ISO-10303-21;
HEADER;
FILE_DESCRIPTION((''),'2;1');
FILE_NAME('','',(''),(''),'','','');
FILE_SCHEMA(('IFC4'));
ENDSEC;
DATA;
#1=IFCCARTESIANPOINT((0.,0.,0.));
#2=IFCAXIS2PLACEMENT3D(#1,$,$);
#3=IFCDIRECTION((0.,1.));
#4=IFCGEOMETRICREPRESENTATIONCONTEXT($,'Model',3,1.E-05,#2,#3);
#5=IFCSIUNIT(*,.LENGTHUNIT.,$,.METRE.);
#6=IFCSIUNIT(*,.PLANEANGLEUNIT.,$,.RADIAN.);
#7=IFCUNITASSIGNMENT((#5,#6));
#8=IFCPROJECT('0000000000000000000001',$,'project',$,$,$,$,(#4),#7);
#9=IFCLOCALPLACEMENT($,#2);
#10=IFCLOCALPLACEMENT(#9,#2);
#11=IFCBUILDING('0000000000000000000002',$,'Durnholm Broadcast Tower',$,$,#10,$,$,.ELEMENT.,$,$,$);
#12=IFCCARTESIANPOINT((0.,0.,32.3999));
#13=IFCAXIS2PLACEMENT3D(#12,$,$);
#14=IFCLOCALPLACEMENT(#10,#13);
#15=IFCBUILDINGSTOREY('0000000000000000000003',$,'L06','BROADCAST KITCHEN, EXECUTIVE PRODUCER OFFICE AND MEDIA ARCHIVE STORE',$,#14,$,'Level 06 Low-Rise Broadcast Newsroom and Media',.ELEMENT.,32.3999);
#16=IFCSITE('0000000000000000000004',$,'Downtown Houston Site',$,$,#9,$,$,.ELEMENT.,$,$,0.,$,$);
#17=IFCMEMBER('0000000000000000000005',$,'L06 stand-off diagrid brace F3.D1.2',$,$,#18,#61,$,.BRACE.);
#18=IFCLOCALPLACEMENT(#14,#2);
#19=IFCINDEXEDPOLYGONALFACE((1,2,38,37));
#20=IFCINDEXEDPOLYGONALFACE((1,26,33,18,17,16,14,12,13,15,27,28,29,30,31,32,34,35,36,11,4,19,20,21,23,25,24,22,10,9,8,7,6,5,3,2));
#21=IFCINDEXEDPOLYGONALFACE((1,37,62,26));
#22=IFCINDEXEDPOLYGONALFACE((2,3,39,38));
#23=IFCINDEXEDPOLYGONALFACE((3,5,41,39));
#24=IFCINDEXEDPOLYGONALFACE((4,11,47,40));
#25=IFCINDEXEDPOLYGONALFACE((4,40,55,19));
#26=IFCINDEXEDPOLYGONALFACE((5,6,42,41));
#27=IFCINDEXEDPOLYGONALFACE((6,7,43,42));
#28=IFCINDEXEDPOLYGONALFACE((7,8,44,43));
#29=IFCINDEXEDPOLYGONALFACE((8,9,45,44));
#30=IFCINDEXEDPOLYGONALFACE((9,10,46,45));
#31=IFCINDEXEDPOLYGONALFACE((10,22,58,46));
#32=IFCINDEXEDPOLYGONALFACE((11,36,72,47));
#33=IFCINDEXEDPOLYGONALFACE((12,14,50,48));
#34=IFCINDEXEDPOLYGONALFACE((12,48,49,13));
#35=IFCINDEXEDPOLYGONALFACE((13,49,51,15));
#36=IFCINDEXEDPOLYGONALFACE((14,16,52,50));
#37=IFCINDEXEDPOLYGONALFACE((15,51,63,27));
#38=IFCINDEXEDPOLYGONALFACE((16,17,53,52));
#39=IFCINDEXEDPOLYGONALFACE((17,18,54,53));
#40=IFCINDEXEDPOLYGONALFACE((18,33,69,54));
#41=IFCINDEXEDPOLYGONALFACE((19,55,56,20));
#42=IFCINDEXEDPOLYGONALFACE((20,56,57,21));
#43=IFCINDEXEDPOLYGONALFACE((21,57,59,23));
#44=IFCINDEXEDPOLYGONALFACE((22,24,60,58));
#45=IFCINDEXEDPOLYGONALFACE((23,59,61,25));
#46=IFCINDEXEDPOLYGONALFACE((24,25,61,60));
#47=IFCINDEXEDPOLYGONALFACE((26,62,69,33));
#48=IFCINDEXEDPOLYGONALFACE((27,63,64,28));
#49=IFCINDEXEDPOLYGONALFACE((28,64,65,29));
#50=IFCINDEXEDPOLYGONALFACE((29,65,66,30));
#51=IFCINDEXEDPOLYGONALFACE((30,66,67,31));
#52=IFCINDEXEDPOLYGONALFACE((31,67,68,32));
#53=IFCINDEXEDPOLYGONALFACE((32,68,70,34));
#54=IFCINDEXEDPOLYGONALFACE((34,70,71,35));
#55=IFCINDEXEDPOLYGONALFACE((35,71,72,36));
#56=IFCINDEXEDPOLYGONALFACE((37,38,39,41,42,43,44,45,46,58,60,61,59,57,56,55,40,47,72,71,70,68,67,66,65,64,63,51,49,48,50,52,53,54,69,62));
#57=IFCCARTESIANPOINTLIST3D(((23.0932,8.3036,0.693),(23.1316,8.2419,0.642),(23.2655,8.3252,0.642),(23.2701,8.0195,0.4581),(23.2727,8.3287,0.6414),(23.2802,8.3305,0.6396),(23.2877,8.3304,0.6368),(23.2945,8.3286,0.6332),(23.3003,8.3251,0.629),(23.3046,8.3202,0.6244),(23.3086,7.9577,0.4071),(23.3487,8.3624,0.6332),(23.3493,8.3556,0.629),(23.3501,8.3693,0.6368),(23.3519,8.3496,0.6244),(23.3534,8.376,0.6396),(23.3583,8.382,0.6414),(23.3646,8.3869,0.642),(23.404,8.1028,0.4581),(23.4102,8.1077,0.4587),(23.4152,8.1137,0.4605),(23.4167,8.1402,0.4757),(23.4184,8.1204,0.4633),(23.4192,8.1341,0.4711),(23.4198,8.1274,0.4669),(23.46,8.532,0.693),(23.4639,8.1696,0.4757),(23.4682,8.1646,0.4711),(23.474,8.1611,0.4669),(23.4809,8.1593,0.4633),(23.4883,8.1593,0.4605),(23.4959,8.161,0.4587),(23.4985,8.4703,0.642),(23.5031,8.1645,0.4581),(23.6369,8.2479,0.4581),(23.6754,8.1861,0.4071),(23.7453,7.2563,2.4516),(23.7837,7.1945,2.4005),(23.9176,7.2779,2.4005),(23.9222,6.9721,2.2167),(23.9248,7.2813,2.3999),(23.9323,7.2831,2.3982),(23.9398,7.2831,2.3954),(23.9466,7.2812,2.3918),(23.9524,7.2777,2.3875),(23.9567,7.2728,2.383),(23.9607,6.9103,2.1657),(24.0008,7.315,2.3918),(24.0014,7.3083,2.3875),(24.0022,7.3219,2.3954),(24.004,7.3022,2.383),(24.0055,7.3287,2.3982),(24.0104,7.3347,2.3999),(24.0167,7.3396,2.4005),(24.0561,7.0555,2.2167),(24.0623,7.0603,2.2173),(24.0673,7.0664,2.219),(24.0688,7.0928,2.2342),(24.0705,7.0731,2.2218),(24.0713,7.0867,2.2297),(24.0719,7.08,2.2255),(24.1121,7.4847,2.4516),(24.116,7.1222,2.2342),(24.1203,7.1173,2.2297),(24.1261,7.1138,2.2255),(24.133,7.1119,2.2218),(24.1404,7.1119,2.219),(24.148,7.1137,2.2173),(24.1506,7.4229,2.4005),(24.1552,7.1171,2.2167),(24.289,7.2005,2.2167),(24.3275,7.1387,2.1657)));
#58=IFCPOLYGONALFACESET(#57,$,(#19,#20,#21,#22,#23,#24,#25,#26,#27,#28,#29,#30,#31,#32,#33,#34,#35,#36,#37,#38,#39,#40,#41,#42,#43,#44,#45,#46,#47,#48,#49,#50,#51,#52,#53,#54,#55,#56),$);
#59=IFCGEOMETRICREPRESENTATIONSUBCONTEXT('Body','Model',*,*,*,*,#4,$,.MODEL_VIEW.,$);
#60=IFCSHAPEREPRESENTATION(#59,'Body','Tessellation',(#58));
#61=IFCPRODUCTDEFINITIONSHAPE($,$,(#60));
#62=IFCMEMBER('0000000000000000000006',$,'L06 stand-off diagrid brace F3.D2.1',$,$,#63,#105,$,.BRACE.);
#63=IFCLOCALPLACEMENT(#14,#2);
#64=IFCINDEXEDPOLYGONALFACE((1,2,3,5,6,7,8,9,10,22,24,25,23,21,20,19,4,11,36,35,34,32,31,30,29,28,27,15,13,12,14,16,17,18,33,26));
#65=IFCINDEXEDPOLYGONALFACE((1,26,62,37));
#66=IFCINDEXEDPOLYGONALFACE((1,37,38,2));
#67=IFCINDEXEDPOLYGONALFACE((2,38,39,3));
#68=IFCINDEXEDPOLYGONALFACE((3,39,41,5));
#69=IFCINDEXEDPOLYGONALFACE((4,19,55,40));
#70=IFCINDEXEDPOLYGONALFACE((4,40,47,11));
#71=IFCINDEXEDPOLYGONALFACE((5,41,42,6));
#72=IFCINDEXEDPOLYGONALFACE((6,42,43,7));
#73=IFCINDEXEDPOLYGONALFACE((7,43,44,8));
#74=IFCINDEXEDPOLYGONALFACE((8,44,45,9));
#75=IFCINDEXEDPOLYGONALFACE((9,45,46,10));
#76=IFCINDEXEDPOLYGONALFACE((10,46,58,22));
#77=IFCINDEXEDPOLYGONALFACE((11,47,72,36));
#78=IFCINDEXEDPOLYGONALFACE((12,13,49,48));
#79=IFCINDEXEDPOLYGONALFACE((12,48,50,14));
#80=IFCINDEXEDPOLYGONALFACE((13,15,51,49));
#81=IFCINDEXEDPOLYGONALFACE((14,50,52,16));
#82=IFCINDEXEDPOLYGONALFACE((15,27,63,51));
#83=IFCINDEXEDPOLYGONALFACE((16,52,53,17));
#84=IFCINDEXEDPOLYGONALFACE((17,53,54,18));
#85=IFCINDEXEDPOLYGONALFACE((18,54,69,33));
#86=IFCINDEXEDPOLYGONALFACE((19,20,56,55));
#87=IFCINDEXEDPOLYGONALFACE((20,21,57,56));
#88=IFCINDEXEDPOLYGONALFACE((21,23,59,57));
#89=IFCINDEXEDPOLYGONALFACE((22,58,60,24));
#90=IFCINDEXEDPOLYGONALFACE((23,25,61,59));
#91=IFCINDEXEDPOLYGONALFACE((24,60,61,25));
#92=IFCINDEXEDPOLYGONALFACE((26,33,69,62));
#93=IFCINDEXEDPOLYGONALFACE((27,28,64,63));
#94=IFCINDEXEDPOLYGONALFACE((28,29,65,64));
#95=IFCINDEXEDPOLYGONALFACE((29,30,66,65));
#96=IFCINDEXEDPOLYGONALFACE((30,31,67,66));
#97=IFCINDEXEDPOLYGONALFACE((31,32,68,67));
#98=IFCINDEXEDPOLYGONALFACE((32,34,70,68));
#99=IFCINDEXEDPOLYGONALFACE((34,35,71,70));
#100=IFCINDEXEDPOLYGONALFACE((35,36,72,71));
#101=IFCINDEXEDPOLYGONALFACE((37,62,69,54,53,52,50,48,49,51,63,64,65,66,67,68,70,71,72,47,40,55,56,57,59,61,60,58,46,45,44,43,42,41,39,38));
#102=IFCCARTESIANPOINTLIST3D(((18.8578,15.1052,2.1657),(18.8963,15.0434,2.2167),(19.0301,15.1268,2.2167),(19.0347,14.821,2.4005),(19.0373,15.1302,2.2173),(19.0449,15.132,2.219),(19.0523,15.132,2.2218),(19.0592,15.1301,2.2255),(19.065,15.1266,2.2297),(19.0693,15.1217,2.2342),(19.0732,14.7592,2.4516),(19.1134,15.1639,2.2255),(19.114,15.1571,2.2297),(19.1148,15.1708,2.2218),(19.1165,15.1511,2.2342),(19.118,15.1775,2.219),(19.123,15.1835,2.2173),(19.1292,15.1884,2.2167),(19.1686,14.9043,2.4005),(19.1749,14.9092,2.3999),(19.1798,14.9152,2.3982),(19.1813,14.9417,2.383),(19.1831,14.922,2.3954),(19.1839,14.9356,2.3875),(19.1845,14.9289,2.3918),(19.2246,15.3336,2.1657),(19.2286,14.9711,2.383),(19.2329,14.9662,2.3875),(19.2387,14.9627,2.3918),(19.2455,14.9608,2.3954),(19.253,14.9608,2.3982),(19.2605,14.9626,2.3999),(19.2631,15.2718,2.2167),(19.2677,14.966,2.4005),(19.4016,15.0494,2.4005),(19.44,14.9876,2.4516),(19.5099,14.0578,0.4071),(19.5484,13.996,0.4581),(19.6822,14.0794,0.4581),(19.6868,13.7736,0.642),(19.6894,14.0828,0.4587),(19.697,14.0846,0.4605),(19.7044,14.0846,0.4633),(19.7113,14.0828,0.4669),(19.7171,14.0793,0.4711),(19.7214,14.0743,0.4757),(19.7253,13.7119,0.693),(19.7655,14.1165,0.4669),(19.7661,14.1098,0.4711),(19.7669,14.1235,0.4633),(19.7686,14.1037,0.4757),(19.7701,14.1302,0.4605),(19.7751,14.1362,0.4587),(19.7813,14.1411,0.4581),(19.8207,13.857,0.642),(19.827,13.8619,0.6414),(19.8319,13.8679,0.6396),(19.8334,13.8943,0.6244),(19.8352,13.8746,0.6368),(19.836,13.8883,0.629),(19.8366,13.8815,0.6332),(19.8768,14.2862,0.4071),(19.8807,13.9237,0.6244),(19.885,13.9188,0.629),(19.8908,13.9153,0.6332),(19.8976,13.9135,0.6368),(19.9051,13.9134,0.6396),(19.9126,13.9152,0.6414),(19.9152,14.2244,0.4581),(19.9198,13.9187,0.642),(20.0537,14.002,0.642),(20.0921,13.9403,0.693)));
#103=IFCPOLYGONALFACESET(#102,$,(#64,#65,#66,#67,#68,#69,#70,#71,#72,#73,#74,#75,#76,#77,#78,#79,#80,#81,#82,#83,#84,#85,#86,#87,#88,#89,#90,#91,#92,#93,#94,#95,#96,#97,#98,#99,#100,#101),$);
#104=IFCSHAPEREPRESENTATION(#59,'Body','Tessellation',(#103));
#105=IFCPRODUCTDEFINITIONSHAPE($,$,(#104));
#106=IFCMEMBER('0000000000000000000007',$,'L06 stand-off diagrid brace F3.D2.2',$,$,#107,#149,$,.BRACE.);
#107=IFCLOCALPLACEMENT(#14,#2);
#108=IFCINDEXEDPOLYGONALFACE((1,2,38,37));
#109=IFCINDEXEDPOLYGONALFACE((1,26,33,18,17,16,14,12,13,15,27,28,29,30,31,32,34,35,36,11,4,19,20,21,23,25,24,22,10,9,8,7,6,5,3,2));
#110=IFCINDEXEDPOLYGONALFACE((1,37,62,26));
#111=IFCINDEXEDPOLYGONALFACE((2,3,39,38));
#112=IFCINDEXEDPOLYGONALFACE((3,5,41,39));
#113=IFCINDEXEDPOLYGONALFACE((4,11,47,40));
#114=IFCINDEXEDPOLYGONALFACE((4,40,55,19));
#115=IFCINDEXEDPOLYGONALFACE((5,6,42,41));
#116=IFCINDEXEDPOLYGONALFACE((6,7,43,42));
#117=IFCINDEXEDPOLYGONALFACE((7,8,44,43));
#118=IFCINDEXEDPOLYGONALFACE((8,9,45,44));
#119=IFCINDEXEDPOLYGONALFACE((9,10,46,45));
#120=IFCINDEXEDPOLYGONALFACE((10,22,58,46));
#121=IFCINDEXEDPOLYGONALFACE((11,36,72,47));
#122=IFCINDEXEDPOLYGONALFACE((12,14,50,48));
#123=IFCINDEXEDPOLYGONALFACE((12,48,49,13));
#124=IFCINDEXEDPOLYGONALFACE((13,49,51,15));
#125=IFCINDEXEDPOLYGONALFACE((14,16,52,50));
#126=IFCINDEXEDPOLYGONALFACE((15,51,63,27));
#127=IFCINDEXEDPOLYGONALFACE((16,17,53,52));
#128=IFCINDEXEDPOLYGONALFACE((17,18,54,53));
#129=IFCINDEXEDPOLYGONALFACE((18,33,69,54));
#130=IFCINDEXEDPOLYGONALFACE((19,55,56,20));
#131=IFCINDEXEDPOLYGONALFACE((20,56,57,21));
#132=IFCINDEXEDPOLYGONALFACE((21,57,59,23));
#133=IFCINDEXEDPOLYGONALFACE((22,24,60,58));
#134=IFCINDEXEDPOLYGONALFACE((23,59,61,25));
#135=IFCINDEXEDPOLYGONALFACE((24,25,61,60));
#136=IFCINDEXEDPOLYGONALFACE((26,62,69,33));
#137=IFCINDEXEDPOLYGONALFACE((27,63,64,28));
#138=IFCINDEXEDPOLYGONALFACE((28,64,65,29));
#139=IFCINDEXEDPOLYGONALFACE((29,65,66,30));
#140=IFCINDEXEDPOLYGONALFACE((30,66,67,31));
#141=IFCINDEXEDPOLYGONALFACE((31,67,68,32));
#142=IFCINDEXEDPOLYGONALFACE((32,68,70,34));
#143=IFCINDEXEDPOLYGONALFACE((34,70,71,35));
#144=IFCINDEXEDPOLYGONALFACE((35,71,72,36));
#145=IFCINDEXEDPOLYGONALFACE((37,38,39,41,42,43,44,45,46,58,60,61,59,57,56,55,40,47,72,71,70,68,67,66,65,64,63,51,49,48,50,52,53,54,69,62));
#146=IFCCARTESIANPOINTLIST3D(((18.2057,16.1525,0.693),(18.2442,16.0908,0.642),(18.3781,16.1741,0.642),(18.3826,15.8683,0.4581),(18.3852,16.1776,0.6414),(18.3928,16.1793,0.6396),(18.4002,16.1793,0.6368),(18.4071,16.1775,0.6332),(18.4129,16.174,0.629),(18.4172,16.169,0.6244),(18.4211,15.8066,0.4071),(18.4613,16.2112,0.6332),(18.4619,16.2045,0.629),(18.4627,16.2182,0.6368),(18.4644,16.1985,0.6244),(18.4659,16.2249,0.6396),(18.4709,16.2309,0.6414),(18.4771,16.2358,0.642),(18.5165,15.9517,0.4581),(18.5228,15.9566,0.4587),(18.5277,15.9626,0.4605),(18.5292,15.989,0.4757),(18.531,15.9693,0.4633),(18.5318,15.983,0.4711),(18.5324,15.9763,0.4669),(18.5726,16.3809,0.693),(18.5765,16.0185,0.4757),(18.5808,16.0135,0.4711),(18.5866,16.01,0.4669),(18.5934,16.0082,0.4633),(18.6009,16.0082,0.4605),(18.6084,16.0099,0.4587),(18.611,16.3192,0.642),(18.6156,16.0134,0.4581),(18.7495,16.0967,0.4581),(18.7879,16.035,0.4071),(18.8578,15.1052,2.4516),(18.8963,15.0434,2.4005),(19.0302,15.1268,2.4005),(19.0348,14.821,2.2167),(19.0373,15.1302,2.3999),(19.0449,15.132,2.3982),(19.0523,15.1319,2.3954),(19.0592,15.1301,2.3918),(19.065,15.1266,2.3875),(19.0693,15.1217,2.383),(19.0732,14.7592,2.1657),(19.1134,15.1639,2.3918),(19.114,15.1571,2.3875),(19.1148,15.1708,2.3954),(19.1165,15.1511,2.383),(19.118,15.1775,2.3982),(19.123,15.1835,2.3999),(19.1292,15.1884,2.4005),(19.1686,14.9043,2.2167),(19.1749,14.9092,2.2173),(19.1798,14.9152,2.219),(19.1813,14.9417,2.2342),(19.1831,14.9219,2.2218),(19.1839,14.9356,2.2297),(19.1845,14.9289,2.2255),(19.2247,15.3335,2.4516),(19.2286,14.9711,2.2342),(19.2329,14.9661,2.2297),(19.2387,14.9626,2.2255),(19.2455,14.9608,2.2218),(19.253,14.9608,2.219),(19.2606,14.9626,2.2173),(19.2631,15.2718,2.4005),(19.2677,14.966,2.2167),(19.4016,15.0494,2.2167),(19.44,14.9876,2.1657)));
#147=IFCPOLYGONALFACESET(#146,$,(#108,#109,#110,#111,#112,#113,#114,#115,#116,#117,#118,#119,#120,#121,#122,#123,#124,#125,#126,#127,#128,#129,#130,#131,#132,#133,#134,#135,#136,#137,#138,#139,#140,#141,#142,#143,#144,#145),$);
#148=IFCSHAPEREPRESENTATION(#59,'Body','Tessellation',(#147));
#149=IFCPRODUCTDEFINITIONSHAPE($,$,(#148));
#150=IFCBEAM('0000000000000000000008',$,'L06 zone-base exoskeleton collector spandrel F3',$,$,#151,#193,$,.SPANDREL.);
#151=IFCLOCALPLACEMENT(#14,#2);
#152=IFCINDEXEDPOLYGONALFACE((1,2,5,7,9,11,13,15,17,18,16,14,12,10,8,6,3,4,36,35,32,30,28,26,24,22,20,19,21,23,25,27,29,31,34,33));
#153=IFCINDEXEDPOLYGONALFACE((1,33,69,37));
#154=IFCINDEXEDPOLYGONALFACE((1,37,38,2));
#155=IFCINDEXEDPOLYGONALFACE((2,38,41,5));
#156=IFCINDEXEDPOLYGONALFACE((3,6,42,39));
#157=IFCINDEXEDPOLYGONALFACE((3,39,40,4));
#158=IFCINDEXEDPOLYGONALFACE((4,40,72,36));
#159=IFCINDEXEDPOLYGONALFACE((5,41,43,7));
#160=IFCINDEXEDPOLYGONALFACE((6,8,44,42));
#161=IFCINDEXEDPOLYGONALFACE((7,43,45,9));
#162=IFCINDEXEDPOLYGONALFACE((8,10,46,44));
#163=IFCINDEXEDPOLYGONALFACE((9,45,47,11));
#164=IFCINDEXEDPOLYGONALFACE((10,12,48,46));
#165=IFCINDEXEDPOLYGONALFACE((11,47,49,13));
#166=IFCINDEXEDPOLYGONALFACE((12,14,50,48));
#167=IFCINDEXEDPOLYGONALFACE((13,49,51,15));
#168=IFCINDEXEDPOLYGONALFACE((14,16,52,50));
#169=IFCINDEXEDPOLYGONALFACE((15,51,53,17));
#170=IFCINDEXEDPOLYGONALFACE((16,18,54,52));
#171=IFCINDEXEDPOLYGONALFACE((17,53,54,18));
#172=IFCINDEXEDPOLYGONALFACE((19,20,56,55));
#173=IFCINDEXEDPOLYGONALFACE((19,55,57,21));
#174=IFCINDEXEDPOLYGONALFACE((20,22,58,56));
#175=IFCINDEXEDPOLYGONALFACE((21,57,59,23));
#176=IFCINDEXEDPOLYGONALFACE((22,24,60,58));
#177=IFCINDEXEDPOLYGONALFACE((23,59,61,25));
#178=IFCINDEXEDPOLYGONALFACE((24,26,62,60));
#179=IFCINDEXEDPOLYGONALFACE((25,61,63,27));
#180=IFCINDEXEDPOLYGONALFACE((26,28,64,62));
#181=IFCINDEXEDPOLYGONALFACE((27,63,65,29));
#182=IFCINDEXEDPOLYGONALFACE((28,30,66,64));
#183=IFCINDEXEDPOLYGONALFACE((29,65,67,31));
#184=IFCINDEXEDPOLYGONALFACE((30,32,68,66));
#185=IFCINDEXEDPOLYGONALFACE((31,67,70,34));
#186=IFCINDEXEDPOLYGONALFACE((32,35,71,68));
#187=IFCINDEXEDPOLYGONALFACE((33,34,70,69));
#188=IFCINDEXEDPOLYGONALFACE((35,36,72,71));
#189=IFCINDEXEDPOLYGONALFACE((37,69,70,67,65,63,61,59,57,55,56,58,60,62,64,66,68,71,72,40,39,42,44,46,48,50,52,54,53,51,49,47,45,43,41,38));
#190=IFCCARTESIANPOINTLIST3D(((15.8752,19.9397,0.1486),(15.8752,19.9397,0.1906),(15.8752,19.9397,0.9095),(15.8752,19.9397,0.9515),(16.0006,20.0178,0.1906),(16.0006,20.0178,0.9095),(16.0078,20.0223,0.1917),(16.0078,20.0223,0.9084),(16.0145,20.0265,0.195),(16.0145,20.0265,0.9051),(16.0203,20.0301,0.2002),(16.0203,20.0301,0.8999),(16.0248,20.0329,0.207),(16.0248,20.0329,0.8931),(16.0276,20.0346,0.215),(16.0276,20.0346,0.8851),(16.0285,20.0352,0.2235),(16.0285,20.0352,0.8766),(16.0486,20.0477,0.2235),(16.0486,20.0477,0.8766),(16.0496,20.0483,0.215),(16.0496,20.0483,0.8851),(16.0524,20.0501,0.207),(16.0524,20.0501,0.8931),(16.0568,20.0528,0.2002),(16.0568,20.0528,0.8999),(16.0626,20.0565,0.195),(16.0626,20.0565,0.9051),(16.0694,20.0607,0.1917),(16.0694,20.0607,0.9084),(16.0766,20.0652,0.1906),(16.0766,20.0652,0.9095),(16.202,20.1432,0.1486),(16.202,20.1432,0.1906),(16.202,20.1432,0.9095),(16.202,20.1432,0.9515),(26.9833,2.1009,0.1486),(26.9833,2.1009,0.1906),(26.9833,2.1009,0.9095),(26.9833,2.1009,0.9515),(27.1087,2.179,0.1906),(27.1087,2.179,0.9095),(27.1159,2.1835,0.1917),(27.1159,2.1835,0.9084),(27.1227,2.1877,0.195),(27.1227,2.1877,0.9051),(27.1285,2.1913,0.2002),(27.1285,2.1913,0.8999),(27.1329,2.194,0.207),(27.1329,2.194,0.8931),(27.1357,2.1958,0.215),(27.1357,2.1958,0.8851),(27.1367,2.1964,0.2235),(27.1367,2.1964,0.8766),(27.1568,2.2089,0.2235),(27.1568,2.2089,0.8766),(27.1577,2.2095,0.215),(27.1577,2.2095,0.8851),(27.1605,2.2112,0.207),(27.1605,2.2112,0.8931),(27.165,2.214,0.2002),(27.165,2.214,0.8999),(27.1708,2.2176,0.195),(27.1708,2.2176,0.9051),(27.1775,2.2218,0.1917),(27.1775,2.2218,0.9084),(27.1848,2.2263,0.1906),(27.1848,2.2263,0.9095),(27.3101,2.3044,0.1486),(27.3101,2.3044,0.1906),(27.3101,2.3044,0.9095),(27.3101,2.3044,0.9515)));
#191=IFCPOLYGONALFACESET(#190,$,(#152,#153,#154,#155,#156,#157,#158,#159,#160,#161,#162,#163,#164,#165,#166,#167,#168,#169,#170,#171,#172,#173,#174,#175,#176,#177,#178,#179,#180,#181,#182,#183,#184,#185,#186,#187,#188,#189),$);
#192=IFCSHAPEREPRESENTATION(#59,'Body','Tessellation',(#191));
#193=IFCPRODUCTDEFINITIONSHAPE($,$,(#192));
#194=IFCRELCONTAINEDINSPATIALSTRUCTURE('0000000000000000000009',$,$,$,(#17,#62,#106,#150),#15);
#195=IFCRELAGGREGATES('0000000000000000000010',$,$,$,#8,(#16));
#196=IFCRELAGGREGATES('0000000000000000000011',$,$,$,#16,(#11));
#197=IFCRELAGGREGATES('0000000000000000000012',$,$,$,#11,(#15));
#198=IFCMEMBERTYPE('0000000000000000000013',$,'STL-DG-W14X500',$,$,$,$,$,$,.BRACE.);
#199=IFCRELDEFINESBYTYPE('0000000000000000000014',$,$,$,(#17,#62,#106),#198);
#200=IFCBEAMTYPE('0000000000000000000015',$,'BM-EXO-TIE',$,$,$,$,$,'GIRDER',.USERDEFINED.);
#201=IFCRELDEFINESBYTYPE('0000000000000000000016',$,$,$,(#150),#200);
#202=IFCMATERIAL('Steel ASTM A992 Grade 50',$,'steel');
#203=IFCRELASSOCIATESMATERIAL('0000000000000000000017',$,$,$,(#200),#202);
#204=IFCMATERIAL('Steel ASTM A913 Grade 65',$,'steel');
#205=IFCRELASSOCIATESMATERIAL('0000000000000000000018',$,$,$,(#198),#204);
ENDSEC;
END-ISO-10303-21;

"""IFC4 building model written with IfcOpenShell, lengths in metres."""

from ifc_helpers import new_model, si_unit, direction, frame, origin, origin_2d, place, context, subcontext, project, spatial, i_section, extrude, source, transform, mapped, material, material_profile, profile_set, type_object, type_shapes, element, save


model = new_model("IFC4")

# Units and contexts
model_context = context("Model", 3, precision=1e-05, world=origin(), true_north=direction((0.0, 1.0)))
body_context = subcontext(model_context, "Body", "Model", "MODEL_VIEW")
ifc_project = project(units=[si_unit("LENGTHUNIT", "METRE"), si_unit("PLANEANGLEUNIT", "RADIAN")], contexts=[model_context])

# Site, building, storey
site_placement = place(None, origin())
site = spatial("IfcSite", under=ifc_project, at=site_placement, Name="Downtown Houston Site", CompositionType="ELEMENT", RefElevation=0.0)
building_placement = place(site_placement, origin())
building = spatial("IfcBuilding", under=site, at=building_placement, Name="Durnholm Broadcast Tower", CompositionType="ELEMENT")
storey_placement = place(building_placement, frame((0.0, 0.0, 32.3999)))
storey = spatial("IfcBuildingStorey", under=building, at=storey_placement, Name="L06", Description="BROADCAST KITCHEN, EXECUTIVE PRODUCER OFFICE AND MEDIA ARCHIVE STORE", LongName="Level 06 Low-Rise Broadcast Newsroom and Media", CompositionType="ELEMENT", Elevation=32.3999)

# Shared definitions
ifc_material_1 = material(Name="Steel ASTM A992 Grade 50", Category="steel")
ifc_material_profile_1 = material_profile(ifc_material_1, i_section(OverallWidth=0.385, OverallDepth=0.803, WebThickness=0.0237, FlangeThickness=0.042, FilletRadius=0.033, at=origin_2d()), Name="W30X261")
ifc_profile_set_1 = profile_set([ifc_material_profile_1], Name="Steel ASTM A992 Grade 50")
beam_type_1 = type_object("IfcBeamType", Name="BM-EXO-TIE", ElementType="GIRDER", PredefinedType="USERDEFINED", material=ifc_profile_set_1)

# Members
ifc_material_2 = material(Name="Steel ASTM A913 Grade 65", Category="steel")
ifc_material_profile_2 = material_profile(ifc_material_2, i_section(OverallWidth=0.4321, OverallDepth=0.4978, WebThickness=0.0557, FlangeThickness=0.0889, FilletRadius=0.0305, at=origin_2d()), Name="W14X500")
ifc_profile_set_2 = profile_set([ifc_material_profile_2], Name="Steel ASTM A913 Grade 65")
member_type_1 = type_object("IfcMemberType", Name="STL-DG-W14X500", PredefinedType="BRACE", material=ifc_profile_set_2)
shared_shape_1 = source(origin(), body_context, "Body", "SweptSolid", [
    extrude(i_section(OverallWidth=0.4321, OverallDepth=0.4978, WebThickness=0.0557, FlangeThickness=0.0889, FilletRadius=0.0305, at=origin_2d()), origin(), (0.0, 0.0, 1.0), 2.1482),
])
type_shapes(member_type_1, [shared_shape_1])
for number, where, z_axis, x_axis, name in (
    (1, (23.3843, 8.2449, 0.55), (0.303559, -0.487558, 0.81862), (0.848909, 0.52854, 0.0), "L06 stand-off diagrid brace F3.D1.2"),
    (2, (19.801, 13.999, 0.55), (-0.303559, 0.487558, 0.81862), (-0.848909, -0.52854, 0.0), "L06 stand-off diagrid brace F3.D2.1"),
    (3, (18.4968, 16.0938, 0.55), (0.303559, -0.487558, 0.81862), (0.848909, 0.52854, 0.0), "L06 stand-off diagrid brace F3.D2.2"),
):
    element("IfcMember", number, at=place(storey_placement, frame(where, z_axis=z_axis, x_axis=x_axis)), inside=storey, type_object=member_type_1, Name=name, PredefinedType="BRACE", context=body_context, shape_type="MappedRepresentation", body=[
        mapped(shared_shape_1, transform((0.0, 0.0, 0.0), x_axis=(1.0, 0.0, 0.0), y_axis=(0.0, 1.0, 0.0), z_axis=(0.0, 0.0, 1.0), scale=1.0)),
    ])

# Beam
shared_shape_2 = source(origin(), body_context, "Body", "SweptSolid", [
    extrude(i_section(OverallWidth=0.385, OverallDepth=0.803, WebThickness=0.0237, FlangeThickness=0.042, FilletRadius=0.033, at=origin_2d()), origin(), (0.0, 0.0, 1.0), 21.0146),
])
for number, where, z_axis, x_axis, name in (
    (4, (27.1467, 2.2026, 0.55), (-0.528591, 0.848877, 0.0), (-0.848877, -0.528591, 0.0), "L06 zone-base exoskeleton collector spandrel F3"),
):
    element("IfcBeam", number, at=place(storey_placement, frame(where, z_axis=z_axis, x_axis=x_axis)), inside=storey, type_object=beam_type_1, Name=name, PredefinedType="SPANDREL", context=body_context, shape_type="MappedRepresentation", body=[
        mapped(shared_shape_2, transform((0.0, 0.0, 0.0), x_axis=(1.0, 0.0, 0.0), y_axis=(0.0, 1.0, 0.0), z_axis=(0.0, 0.0, 1.0), scale=1.0)),
    ])

save(model, "model.ifc")
